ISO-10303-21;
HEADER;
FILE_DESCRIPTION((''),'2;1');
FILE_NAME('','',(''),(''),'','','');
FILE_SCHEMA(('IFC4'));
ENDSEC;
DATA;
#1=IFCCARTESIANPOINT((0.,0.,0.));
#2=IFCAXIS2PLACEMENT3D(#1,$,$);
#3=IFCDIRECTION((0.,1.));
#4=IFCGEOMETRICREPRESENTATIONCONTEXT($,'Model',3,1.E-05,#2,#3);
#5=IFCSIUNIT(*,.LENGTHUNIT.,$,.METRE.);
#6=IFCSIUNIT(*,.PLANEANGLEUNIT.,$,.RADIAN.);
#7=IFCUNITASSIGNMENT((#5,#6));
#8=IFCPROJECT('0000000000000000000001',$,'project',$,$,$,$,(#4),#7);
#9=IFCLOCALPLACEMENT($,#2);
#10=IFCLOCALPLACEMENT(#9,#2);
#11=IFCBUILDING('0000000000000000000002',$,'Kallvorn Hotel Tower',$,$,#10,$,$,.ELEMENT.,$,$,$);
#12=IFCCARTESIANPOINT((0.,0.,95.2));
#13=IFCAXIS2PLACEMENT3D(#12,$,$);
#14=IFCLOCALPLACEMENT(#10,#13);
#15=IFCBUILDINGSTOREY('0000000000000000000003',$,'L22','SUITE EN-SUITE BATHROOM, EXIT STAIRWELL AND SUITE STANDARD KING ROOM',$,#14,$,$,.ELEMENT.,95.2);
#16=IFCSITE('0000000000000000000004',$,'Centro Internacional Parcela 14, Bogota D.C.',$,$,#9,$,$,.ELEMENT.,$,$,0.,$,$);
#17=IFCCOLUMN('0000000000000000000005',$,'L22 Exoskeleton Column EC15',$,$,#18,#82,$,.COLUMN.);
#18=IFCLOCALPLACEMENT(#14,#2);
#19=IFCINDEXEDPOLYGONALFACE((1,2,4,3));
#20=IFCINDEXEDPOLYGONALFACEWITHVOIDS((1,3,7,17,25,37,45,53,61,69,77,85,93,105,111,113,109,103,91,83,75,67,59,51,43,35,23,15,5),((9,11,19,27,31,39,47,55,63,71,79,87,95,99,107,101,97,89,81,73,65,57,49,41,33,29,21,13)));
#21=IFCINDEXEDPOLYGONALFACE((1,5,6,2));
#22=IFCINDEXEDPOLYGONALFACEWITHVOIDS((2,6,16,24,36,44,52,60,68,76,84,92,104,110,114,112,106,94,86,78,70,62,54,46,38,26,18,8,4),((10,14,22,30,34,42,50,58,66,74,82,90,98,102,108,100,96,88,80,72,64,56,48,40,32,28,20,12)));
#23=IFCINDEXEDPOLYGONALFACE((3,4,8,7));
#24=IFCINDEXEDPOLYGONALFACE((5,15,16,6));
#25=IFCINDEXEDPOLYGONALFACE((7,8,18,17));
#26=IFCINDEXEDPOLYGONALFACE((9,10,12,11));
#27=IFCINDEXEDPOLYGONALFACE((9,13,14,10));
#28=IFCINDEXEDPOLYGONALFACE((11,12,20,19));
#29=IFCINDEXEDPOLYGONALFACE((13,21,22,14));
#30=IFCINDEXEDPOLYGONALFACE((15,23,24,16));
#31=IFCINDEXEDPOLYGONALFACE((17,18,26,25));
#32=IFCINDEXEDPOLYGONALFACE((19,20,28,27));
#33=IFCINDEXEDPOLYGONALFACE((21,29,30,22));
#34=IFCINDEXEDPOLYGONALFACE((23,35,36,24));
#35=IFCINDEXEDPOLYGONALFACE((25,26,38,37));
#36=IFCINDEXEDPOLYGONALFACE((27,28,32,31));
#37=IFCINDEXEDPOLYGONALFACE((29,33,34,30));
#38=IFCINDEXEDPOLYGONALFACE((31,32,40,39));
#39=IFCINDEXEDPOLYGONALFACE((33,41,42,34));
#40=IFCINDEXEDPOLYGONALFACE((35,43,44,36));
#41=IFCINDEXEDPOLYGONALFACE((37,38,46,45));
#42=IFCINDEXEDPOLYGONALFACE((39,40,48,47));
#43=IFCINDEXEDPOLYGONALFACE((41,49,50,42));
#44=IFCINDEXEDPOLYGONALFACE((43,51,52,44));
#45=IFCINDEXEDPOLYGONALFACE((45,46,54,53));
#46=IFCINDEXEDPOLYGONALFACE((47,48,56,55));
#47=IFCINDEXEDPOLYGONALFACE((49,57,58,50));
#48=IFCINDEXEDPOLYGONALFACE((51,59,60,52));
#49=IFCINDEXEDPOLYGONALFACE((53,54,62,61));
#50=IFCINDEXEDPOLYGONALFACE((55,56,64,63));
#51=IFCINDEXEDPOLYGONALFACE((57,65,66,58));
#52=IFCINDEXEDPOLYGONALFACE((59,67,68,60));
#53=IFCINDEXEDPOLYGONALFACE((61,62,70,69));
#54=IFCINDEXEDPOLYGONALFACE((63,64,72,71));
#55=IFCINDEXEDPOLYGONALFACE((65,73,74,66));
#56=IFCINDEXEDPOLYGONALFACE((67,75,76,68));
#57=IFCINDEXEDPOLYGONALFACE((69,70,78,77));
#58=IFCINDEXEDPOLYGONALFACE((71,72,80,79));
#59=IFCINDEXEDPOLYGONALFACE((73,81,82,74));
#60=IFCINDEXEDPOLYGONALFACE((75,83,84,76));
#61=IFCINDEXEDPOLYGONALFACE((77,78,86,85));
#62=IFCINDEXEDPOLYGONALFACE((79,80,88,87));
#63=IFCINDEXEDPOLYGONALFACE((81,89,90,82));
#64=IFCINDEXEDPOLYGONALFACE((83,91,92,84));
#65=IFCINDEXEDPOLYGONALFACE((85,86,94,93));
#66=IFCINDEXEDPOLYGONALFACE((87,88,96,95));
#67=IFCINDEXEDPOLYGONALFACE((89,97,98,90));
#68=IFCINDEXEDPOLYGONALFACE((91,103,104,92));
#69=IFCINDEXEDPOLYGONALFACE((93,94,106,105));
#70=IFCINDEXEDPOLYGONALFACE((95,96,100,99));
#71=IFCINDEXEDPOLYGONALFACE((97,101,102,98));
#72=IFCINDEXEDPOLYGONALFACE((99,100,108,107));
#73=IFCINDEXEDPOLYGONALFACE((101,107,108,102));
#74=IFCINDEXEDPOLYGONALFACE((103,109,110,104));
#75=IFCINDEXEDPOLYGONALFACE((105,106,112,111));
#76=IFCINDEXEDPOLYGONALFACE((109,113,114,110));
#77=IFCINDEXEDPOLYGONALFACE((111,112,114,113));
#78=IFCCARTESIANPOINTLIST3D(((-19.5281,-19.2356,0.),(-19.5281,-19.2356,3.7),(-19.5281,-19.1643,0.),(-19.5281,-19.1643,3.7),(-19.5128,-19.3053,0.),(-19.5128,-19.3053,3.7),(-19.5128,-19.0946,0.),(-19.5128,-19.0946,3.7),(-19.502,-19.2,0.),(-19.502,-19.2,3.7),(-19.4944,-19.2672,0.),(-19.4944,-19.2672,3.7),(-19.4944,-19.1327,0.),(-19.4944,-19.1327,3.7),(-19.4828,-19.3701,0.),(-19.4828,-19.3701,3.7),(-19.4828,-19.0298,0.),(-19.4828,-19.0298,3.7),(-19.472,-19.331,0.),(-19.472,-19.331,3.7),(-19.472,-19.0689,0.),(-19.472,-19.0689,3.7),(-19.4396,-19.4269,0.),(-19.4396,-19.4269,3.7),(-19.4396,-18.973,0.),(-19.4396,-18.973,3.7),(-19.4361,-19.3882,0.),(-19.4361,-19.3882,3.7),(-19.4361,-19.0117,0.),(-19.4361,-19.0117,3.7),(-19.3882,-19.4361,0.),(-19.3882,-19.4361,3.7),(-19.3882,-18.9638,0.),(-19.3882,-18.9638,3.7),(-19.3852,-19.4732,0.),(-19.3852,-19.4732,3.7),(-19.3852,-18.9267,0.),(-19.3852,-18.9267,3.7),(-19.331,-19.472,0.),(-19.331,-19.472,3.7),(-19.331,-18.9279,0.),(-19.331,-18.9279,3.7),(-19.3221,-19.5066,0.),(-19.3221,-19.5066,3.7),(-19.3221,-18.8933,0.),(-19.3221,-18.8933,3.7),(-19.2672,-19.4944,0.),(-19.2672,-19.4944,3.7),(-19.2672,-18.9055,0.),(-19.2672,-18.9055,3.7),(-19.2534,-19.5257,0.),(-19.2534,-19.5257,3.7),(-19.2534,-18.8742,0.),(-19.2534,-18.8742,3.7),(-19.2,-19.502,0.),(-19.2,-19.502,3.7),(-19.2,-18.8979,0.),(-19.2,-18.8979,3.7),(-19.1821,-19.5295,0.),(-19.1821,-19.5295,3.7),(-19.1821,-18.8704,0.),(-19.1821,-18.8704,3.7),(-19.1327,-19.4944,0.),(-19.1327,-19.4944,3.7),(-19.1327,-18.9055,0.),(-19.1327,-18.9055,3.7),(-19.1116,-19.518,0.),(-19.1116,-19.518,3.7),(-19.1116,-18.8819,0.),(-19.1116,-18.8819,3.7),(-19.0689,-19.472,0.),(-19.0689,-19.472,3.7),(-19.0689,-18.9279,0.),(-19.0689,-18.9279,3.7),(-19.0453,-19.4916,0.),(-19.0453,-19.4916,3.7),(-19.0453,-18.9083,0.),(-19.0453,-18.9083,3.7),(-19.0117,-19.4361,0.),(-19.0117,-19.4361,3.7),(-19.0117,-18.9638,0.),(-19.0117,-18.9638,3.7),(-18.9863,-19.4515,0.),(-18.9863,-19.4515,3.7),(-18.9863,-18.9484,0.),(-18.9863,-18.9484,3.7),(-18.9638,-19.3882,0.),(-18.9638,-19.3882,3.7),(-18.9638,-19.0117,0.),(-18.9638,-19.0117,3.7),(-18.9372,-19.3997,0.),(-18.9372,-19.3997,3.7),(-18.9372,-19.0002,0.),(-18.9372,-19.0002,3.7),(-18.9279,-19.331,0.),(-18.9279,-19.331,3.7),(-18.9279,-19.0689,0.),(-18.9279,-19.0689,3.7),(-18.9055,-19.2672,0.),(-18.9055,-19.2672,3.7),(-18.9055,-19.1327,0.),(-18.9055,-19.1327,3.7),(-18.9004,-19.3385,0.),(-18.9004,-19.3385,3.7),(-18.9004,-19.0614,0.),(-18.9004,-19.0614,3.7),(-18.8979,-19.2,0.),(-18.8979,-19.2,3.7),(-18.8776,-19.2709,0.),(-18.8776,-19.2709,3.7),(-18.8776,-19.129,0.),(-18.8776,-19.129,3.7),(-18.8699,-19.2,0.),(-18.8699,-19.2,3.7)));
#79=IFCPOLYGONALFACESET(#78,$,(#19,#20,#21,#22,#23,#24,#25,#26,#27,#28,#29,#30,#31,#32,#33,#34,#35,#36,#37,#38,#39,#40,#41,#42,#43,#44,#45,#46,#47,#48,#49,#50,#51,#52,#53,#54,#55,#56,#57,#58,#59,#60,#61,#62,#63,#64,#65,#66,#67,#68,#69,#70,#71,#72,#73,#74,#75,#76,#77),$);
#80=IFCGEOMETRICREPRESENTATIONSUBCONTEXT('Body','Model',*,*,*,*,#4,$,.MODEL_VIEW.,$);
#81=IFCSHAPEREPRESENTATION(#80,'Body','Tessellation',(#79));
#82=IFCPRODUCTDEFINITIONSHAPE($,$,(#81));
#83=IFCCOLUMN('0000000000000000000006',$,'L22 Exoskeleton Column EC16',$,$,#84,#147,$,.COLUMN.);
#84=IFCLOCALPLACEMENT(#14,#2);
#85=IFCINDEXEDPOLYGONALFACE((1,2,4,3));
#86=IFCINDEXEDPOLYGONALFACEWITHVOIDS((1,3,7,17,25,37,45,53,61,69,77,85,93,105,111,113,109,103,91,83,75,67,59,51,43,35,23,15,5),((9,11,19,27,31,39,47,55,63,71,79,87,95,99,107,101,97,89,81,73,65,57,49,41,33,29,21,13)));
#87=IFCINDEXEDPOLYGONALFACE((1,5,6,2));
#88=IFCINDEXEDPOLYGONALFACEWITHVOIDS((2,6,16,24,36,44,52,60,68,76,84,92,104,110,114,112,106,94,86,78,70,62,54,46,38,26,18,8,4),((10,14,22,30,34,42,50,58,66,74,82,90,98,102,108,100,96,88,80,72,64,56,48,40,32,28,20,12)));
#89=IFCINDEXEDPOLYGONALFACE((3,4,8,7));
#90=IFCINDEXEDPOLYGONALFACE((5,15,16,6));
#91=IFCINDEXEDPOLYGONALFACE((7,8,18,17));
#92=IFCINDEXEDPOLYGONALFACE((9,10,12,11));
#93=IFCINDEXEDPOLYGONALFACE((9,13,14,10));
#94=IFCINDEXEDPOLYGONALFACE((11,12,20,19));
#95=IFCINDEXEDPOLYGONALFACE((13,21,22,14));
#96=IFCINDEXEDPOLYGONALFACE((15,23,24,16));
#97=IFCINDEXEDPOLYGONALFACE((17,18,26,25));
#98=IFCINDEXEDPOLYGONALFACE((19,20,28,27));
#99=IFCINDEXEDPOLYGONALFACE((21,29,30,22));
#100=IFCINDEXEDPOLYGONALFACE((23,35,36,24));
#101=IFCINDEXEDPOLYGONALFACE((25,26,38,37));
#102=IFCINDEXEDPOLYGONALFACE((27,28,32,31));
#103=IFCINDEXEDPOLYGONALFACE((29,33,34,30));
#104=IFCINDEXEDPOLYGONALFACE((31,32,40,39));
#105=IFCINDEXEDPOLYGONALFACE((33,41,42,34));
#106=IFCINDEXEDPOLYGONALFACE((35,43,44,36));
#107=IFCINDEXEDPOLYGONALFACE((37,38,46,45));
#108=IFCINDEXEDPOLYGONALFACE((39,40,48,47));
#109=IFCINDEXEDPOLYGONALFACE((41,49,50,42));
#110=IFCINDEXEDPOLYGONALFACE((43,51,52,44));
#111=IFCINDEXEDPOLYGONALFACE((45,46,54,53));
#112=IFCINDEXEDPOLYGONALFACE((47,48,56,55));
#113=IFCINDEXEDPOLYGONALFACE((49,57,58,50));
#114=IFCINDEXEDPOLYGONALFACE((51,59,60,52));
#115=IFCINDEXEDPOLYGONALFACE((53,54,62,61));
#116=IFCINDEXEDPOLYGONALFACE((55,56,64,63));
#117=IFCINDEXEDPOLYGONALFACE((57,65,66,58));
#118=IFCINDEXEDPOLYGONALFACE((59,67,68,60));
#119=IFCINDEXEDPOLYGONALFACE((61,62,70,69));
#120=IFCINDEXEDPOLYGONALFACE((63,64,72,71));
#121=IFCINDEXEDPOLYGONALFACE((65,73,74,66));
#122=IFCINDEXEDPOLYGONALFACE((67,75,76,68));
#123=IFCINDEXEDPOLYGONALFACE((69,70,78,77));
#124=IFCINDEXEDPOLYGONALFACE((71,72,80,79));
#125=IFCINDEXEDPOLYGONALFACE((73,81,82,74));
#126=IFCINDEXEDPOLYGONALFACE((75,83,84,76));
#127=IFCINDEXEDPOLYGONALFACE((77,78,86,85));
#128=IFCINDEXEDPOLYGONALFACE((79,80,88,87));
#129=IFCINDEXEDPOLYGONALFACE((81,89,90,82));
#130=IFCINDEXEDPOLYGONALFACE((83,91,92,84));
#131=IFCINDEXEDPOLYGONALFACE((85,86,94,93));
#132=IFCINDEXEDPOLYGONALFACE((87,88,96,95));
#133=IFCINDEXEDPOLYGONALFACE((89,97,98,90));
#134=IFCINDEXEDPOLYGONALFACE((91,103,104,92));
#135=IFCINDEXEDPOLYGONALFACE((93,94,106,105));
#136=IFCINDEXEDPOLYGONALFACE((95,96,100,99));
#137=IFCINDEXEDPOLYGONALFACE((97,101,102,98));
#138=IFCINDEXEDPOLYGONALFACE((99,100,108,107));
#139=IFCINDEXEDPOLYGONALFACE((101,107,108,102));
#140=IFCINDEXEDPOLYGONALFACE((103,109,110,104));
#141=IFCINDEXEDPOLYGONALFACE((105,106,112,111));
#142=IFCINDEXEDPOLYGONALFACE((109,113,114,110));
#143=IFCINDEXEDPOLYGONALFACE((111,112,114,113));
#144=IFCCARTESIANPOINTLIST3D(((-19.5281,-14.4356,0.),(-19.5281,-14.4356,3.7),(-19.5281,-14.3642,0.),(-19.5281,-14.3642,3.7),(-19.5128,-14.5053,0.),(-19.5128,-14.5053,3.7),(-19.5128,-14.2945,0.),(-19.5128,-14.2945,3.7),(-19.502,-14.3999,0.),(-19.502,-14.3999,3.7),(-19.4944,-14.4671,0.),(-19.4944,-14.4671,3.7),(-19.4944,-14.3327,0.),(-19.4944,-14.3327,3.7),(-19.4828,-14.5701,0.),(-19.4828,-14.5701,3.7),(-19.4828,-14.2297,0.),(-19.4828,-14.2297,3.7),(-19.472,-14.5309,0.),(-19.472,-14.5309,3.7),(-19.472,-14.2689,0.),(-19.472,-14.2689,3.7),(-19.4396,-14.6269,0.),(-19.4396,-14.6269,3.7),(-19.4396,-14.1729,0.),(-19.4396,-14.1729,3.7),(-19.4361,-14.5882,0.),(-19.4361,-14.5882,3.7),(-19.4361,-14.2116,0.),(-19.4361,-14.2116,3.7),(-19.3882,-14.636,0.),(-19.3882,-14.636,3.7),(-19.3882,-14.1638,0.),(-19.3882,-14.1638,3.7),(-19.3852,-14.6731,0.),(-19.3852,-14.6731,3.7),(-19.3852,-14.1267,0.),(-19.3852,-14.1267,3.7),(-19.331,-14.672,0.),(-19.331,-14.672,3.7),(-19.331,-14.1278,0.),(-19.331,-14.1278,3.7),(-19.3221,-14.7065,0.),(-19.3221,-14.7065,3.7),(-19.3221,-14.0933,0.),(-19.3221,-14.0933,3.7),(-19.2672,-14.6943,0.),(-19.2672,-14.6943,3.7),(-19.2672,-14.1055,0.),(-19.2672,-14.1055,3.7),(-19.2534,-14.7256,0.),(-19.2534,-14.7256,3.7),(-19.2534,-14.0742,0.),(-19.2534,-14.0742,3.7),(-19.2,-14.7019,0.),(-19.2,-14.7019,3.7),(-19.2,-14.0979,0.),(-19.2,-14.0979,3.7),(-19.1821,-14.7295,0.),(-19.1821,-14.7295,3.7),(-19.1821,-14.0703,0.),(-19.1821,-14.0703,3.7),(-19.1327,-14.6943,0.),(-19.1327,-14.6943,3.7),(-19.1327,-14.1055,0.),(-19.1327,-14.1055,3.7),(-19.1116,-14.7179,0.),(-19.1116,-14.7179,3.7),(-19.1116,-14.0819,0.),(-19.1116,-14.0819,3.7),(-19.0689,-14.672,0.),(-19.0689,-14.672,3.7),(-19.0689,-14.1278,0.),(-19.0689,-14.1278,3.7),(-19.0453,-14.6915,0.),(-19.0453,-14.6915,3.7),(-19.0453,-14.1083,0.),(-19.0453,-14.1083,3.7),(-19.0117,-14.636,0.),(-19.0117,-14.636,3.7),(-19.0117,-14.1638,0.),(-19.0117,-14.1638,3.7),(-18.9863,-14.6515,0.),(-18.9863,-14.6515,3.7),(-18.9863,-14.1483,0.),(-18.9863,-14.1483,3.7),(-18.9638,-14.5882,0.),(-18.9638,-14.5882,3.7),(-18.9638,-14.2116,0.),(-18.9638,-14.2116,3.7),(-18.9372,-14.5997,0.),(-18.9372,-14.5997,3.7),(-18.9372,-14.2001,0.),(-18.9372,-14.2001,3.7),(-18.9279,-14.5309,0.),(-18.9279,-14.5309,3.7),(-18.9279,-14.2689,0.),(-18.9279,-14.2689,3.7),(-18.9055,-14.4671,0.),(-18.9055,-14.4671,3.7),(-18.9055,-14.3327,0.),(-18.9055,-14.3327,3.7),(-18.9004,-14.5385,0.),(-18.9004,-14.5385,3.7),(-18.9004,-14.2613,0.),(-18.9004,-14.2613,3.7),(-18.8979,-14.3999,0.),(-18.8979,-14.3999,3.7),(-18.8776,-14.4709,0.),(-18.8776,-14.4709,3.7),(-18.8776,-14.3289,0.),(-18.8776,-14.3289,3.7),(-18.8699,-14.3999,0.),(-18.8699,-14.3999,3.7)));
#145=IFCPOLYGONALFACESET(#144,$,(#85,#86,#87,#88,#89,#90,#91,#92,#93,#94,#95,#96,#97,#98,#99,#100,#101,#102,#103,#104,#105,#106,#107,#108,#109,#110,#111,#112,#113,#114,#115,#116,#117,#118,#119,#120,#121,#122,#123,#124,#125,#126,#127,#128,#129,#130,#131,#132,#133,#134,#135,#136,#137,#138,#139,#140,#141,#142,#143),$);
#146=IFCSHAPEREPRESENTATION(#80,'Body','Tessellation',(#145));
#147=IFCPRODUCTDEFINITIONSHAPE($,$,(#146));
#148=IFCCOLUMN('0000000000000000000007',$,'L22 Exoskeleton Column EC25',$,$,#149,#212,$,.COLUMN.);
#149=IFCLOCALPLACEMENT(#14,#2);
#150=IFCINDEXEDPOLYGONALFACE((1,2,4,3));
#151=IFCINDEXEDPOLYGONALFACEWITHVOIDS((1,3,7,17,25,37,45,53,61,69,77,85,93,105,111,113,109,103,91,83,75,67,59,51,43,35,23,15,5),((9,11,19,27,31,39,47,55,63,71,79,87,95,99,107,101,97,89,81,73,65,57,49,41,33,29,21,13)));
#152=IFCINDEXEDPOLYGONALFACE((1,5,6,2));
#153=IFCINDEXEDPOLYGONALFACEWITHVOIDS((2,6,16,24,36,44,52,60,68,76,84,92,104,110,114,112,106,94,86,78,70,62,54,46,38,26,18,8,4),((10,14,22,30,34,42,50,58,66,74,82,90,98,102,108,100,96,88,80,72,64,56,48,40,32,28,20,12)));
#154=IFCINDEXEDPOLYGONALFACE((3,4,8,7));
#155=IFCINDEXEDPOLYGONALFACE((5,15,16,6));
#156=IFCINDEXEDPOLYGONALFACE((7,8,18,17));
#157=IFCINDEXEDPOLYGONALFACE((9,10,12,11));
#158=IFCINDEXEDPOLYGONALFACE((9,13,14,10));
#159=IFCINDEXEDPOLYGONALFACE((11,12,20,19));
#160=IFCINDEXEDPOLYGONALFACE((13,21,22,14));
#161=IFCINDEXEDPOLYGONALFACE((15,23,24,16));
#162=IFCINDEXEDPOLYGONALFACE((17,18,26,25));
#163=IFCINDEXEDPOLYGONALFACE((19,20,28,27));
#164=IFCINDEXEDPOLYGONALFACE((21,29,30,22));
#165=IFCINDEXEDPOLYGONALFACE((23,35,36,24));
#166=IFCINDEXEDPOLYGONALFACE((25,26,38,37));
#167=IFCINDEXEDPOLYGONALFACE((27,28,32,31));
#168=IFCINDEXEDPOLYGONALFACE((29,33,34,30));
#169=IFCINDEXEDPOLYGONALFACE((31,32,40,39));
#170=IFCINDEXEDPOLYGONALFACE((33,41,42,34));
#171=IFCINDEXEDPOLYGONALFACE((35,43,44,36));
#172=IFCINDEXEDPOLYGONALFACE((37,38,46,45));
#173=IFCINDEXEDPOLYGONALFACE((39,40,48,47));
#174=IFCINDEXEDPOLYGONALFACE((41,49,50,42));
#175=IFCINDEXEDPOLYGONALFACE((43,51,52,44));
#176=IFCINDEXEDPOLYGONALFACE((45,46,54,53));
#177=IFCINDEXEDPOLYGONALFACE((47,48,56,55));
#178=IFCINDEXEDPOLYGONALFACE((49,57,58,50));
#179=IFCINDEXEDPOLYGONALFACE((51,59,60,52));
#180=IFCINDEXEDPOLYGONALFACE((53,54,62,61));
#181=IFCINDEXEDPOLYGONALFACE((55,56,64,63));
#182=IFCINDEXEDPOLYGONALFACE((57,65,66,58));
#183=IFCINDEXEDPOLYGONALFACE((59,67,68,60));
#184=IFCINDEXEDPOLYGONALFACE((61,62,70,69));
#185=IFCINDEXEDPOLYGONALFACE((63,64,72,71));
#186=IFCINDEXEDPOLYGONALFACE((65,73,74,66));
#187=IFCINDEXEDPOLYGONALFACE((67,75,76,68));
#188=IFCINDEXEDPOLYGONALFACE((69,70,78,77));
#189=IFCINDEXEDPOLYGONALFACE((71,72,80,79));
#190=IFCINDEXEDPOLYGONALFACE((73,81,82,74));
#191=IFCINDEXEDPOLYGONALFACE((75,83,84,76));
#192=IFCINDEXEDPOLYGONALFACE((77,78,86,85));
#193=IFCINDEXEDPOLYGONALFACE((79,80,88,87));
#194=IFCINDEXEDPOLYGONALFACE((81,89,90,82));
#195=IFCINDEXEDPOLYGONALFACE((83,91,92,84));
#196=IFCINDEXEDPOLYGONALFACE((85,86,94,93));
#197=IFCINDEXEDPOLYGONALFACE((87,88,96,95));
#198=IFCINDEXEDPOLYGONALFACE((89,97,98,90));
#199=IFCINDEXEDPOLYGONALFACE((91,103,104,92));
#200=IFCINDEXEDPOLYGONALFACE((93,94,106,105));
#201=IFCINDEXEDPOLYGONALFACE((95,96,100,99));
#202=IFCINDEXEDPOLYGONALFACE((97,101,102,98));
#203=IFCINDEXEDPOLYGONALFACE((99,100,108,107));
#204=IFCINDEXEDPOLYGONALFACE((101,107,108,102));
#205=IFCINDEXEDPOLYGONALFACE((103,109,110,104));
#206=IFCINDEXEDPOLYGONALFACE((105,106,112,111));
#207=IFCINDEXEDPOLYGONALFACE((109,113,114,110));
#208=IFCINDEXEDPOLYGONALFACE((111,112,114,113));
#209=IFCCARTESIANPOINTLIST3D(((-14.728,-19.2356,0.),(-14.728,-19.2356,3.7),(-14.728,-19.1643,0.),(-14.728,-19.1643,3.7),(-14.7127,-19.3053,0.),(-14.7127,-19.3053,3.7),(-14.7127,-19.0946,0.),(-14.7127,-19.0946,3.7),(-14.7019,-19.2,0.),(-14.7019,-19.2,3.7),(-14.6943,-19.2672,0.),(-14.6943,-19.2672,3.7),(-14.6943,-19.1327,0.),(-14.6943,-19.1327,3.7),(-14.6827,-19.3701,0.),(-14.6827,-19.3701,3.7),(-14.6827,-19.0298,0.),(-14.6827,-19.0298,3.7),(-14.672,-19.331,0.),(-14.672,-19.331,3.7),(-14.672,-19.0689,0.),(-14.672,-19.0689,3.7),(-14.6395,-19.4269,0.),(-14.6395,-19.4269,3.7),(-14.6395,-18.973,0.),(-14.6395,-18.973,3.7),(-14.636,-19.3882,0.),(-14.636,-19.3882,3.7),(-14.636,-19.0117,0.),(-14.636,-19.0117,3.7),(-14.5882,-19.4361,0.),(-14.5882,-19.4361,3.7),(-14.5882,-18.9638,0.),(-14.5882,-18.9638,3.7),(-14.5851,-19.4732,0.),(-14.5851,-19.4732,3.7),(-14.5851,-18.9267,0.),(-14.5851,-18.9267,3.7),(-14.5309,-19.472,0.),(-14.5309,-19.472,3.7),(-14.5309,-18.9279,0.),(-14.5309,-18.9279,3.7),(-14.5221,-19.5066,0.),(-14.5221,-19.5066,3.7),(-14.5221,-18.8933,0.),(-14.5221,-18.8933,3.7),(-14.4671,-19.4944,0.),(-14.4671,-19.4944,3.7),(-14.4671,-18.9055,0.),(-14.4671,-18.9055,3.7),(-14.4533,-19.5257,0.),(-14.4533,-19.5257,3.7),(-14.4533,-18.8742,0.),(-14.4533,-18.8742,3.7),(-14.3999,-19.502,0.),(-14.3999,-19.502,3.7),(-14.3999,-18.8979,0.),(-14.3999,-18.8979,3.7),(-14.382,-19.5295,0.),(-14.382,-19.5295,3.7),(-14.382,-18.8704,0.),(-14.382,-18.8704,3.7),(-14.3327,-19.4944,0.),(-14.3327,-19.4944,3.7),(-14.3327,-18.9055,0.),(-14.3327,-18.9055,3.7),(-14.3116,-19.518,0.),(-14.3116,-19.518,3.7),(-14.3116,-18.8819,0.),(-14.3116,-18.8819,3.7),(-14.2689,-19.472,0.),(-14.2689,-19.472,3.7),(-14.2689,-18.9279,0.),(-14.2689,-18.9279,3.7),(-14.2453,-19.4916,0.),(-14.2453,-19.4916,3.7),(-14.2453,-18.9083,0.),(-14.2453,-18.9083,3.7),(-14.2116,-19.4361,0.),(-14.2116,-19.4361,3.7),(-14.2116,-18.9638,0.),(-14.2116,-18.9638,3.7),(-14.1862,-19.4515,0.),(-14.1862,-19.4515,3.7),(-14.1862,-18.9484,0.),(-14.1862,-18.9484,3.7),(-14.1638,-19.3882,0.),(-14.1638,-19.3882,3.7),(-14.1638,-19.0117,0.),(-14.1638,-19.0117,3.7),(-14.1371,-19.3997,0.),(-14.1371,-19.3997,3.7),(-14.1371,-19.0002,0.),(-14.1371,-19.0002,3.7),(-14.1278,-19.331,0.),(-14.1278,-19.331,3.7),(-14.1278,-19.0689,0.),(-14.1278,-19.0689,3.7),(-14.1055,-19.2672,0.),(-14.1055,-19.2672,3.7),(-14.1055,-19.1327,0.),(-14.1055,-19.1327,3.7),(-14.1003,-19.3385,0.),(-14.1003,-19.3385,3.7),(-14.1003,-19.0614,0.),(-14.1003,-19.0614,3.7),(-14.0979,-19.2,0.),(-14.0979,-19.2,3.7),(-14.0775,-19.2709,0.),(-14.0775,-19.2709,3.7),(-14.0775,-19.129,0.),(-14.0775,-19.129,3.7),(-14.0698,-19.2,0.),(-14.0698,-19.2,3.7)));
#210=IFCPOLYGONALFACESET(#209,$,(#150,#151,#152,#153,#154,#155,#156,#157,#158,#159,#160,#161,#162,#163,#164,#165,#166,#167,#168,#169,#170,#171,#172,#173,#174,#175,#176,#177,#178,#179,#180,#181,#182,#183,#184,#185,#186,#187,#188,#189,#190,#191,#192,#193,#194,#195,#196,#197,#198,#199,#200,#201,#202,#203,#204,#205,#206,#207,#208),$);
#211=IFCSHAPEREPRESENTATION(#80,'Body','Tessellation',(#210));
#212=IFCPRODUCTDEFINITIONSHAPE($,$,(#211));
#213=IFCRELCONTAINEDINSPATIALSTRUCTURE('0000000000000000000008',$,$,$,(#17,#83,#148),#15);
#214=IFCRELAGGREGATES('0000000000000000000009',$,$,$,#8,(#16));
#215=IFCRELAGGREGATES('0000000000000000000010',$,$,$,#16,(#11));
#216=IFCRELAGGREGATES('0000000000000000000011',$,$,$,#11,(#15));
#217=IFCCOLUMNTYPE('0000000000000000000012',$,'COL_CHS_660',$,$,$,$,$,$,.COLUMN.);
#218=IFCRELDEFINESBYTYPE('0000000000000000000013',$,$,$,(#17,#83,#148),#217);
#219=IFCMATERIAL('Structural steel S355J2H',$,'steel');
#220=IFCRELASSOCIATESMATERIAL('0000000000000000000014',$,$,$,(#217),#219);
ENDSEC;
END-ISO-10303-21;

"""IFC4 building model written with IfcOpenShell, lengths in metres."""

from ifc_helpers import new_model, si_unit, direction, frame, origin, origin_2d, place, context, subcontext, project, spatial, hollow_circle, extrude, material, material_profile, profile_set, type_object, element, save


model = new_model("IFC4")

# Units and contexts
model_context = context("Model", 3, precision=1e-05, world=origin(), true_north=direction((0.0, 1.0)))
body_context = subcontext(model_context, "Body", "Model", "MODEL_VIEW")
ifc_project = project(units=[si_unit("LENGTHUNIT", "METRE"), si_unit("PLANEANGLEUNIT", "RADIAN")], contexts=[model_context])

# Site, building, storey
site_placement = place(None, origin())
site = spatial("IfcSite", under=ifc_project, at=site_placement, Name="Centro Internacional Parcela 14, Bogota D.C.", CompositionType="ELEMENT", RefElevation=0.0)
building_placement = place(site_placement, origin())
building = spatial("IfcBuilding", under=site, at=building_placement, Name="Kallvorn Hotel Tower", CompositionType="ELEMENT")
storey_placement = place(building_placement, frame((0.0, 0.0, 95.2)))
storey = spatial("IfcBuildingStorey", under=building, at=storey_placement, Name="L22", Description="SUITE EN-SUITE BATHROOM, EXIT STAIRWELL AND SUITE STANDARD KING ROOM", CompositionType="ELEMENT", Elevation=95.2)

# Columns
ifc_material_1 = material(Name="Structural steel S355J2H", Category="steel")
ifc_material_profile_1 = material_profile(ifc_material_1, hollow_circle(Radius=0.3301, WallThickness=0.0281, at=origin_2d()), Name="CHS 660x28")
ifc_profile_set_1 = profile_set([ifc_material_profile_1], Name="Structural steel S355J2H")
column_type_1 = type_object("IfcColumnType", Name="COL_CHS_660", PredefinedType="COLUMN", material=ifc_profile_set_1)
for number, where, z_axis, x_axis, name in (
    (1, (-19.2, -19.2, 0.0), (0.0, 0.0, 1.0), (1.0, 0.0, 0.0), "L22 Exoskeleton Column EC15"),
    (2, (-19.2, -14.3999, 0.0), (0.0, 0.0, 1.0), (1.0, 0.0, 0.0), "L22 Exoskeleton Column EC16"),
    (3, (-14.3999, -19.2, 0.0), (0.0, 0.0, 1.0), (1.0, 0.0, 0.0), "L22 Exoskeleton Column EC25"),
):
    element("IfcColumn", number, at=place(storey_placement, frame(where, z_axis=z_axis, x_axis=x_axis)), inside=storey, type_object=column_type_1, Name=name, PredefinedType="COLUMN", context=body_context, shape_type="SweptSolid", body=[
        extrude(hollow_circle(Radius=0.3301, WallThickness=0.0281, at=origin_2d()), origin(), (0.0, 0.0, 1.0), 3.7),
    ])

save(model, "model.ifc")
